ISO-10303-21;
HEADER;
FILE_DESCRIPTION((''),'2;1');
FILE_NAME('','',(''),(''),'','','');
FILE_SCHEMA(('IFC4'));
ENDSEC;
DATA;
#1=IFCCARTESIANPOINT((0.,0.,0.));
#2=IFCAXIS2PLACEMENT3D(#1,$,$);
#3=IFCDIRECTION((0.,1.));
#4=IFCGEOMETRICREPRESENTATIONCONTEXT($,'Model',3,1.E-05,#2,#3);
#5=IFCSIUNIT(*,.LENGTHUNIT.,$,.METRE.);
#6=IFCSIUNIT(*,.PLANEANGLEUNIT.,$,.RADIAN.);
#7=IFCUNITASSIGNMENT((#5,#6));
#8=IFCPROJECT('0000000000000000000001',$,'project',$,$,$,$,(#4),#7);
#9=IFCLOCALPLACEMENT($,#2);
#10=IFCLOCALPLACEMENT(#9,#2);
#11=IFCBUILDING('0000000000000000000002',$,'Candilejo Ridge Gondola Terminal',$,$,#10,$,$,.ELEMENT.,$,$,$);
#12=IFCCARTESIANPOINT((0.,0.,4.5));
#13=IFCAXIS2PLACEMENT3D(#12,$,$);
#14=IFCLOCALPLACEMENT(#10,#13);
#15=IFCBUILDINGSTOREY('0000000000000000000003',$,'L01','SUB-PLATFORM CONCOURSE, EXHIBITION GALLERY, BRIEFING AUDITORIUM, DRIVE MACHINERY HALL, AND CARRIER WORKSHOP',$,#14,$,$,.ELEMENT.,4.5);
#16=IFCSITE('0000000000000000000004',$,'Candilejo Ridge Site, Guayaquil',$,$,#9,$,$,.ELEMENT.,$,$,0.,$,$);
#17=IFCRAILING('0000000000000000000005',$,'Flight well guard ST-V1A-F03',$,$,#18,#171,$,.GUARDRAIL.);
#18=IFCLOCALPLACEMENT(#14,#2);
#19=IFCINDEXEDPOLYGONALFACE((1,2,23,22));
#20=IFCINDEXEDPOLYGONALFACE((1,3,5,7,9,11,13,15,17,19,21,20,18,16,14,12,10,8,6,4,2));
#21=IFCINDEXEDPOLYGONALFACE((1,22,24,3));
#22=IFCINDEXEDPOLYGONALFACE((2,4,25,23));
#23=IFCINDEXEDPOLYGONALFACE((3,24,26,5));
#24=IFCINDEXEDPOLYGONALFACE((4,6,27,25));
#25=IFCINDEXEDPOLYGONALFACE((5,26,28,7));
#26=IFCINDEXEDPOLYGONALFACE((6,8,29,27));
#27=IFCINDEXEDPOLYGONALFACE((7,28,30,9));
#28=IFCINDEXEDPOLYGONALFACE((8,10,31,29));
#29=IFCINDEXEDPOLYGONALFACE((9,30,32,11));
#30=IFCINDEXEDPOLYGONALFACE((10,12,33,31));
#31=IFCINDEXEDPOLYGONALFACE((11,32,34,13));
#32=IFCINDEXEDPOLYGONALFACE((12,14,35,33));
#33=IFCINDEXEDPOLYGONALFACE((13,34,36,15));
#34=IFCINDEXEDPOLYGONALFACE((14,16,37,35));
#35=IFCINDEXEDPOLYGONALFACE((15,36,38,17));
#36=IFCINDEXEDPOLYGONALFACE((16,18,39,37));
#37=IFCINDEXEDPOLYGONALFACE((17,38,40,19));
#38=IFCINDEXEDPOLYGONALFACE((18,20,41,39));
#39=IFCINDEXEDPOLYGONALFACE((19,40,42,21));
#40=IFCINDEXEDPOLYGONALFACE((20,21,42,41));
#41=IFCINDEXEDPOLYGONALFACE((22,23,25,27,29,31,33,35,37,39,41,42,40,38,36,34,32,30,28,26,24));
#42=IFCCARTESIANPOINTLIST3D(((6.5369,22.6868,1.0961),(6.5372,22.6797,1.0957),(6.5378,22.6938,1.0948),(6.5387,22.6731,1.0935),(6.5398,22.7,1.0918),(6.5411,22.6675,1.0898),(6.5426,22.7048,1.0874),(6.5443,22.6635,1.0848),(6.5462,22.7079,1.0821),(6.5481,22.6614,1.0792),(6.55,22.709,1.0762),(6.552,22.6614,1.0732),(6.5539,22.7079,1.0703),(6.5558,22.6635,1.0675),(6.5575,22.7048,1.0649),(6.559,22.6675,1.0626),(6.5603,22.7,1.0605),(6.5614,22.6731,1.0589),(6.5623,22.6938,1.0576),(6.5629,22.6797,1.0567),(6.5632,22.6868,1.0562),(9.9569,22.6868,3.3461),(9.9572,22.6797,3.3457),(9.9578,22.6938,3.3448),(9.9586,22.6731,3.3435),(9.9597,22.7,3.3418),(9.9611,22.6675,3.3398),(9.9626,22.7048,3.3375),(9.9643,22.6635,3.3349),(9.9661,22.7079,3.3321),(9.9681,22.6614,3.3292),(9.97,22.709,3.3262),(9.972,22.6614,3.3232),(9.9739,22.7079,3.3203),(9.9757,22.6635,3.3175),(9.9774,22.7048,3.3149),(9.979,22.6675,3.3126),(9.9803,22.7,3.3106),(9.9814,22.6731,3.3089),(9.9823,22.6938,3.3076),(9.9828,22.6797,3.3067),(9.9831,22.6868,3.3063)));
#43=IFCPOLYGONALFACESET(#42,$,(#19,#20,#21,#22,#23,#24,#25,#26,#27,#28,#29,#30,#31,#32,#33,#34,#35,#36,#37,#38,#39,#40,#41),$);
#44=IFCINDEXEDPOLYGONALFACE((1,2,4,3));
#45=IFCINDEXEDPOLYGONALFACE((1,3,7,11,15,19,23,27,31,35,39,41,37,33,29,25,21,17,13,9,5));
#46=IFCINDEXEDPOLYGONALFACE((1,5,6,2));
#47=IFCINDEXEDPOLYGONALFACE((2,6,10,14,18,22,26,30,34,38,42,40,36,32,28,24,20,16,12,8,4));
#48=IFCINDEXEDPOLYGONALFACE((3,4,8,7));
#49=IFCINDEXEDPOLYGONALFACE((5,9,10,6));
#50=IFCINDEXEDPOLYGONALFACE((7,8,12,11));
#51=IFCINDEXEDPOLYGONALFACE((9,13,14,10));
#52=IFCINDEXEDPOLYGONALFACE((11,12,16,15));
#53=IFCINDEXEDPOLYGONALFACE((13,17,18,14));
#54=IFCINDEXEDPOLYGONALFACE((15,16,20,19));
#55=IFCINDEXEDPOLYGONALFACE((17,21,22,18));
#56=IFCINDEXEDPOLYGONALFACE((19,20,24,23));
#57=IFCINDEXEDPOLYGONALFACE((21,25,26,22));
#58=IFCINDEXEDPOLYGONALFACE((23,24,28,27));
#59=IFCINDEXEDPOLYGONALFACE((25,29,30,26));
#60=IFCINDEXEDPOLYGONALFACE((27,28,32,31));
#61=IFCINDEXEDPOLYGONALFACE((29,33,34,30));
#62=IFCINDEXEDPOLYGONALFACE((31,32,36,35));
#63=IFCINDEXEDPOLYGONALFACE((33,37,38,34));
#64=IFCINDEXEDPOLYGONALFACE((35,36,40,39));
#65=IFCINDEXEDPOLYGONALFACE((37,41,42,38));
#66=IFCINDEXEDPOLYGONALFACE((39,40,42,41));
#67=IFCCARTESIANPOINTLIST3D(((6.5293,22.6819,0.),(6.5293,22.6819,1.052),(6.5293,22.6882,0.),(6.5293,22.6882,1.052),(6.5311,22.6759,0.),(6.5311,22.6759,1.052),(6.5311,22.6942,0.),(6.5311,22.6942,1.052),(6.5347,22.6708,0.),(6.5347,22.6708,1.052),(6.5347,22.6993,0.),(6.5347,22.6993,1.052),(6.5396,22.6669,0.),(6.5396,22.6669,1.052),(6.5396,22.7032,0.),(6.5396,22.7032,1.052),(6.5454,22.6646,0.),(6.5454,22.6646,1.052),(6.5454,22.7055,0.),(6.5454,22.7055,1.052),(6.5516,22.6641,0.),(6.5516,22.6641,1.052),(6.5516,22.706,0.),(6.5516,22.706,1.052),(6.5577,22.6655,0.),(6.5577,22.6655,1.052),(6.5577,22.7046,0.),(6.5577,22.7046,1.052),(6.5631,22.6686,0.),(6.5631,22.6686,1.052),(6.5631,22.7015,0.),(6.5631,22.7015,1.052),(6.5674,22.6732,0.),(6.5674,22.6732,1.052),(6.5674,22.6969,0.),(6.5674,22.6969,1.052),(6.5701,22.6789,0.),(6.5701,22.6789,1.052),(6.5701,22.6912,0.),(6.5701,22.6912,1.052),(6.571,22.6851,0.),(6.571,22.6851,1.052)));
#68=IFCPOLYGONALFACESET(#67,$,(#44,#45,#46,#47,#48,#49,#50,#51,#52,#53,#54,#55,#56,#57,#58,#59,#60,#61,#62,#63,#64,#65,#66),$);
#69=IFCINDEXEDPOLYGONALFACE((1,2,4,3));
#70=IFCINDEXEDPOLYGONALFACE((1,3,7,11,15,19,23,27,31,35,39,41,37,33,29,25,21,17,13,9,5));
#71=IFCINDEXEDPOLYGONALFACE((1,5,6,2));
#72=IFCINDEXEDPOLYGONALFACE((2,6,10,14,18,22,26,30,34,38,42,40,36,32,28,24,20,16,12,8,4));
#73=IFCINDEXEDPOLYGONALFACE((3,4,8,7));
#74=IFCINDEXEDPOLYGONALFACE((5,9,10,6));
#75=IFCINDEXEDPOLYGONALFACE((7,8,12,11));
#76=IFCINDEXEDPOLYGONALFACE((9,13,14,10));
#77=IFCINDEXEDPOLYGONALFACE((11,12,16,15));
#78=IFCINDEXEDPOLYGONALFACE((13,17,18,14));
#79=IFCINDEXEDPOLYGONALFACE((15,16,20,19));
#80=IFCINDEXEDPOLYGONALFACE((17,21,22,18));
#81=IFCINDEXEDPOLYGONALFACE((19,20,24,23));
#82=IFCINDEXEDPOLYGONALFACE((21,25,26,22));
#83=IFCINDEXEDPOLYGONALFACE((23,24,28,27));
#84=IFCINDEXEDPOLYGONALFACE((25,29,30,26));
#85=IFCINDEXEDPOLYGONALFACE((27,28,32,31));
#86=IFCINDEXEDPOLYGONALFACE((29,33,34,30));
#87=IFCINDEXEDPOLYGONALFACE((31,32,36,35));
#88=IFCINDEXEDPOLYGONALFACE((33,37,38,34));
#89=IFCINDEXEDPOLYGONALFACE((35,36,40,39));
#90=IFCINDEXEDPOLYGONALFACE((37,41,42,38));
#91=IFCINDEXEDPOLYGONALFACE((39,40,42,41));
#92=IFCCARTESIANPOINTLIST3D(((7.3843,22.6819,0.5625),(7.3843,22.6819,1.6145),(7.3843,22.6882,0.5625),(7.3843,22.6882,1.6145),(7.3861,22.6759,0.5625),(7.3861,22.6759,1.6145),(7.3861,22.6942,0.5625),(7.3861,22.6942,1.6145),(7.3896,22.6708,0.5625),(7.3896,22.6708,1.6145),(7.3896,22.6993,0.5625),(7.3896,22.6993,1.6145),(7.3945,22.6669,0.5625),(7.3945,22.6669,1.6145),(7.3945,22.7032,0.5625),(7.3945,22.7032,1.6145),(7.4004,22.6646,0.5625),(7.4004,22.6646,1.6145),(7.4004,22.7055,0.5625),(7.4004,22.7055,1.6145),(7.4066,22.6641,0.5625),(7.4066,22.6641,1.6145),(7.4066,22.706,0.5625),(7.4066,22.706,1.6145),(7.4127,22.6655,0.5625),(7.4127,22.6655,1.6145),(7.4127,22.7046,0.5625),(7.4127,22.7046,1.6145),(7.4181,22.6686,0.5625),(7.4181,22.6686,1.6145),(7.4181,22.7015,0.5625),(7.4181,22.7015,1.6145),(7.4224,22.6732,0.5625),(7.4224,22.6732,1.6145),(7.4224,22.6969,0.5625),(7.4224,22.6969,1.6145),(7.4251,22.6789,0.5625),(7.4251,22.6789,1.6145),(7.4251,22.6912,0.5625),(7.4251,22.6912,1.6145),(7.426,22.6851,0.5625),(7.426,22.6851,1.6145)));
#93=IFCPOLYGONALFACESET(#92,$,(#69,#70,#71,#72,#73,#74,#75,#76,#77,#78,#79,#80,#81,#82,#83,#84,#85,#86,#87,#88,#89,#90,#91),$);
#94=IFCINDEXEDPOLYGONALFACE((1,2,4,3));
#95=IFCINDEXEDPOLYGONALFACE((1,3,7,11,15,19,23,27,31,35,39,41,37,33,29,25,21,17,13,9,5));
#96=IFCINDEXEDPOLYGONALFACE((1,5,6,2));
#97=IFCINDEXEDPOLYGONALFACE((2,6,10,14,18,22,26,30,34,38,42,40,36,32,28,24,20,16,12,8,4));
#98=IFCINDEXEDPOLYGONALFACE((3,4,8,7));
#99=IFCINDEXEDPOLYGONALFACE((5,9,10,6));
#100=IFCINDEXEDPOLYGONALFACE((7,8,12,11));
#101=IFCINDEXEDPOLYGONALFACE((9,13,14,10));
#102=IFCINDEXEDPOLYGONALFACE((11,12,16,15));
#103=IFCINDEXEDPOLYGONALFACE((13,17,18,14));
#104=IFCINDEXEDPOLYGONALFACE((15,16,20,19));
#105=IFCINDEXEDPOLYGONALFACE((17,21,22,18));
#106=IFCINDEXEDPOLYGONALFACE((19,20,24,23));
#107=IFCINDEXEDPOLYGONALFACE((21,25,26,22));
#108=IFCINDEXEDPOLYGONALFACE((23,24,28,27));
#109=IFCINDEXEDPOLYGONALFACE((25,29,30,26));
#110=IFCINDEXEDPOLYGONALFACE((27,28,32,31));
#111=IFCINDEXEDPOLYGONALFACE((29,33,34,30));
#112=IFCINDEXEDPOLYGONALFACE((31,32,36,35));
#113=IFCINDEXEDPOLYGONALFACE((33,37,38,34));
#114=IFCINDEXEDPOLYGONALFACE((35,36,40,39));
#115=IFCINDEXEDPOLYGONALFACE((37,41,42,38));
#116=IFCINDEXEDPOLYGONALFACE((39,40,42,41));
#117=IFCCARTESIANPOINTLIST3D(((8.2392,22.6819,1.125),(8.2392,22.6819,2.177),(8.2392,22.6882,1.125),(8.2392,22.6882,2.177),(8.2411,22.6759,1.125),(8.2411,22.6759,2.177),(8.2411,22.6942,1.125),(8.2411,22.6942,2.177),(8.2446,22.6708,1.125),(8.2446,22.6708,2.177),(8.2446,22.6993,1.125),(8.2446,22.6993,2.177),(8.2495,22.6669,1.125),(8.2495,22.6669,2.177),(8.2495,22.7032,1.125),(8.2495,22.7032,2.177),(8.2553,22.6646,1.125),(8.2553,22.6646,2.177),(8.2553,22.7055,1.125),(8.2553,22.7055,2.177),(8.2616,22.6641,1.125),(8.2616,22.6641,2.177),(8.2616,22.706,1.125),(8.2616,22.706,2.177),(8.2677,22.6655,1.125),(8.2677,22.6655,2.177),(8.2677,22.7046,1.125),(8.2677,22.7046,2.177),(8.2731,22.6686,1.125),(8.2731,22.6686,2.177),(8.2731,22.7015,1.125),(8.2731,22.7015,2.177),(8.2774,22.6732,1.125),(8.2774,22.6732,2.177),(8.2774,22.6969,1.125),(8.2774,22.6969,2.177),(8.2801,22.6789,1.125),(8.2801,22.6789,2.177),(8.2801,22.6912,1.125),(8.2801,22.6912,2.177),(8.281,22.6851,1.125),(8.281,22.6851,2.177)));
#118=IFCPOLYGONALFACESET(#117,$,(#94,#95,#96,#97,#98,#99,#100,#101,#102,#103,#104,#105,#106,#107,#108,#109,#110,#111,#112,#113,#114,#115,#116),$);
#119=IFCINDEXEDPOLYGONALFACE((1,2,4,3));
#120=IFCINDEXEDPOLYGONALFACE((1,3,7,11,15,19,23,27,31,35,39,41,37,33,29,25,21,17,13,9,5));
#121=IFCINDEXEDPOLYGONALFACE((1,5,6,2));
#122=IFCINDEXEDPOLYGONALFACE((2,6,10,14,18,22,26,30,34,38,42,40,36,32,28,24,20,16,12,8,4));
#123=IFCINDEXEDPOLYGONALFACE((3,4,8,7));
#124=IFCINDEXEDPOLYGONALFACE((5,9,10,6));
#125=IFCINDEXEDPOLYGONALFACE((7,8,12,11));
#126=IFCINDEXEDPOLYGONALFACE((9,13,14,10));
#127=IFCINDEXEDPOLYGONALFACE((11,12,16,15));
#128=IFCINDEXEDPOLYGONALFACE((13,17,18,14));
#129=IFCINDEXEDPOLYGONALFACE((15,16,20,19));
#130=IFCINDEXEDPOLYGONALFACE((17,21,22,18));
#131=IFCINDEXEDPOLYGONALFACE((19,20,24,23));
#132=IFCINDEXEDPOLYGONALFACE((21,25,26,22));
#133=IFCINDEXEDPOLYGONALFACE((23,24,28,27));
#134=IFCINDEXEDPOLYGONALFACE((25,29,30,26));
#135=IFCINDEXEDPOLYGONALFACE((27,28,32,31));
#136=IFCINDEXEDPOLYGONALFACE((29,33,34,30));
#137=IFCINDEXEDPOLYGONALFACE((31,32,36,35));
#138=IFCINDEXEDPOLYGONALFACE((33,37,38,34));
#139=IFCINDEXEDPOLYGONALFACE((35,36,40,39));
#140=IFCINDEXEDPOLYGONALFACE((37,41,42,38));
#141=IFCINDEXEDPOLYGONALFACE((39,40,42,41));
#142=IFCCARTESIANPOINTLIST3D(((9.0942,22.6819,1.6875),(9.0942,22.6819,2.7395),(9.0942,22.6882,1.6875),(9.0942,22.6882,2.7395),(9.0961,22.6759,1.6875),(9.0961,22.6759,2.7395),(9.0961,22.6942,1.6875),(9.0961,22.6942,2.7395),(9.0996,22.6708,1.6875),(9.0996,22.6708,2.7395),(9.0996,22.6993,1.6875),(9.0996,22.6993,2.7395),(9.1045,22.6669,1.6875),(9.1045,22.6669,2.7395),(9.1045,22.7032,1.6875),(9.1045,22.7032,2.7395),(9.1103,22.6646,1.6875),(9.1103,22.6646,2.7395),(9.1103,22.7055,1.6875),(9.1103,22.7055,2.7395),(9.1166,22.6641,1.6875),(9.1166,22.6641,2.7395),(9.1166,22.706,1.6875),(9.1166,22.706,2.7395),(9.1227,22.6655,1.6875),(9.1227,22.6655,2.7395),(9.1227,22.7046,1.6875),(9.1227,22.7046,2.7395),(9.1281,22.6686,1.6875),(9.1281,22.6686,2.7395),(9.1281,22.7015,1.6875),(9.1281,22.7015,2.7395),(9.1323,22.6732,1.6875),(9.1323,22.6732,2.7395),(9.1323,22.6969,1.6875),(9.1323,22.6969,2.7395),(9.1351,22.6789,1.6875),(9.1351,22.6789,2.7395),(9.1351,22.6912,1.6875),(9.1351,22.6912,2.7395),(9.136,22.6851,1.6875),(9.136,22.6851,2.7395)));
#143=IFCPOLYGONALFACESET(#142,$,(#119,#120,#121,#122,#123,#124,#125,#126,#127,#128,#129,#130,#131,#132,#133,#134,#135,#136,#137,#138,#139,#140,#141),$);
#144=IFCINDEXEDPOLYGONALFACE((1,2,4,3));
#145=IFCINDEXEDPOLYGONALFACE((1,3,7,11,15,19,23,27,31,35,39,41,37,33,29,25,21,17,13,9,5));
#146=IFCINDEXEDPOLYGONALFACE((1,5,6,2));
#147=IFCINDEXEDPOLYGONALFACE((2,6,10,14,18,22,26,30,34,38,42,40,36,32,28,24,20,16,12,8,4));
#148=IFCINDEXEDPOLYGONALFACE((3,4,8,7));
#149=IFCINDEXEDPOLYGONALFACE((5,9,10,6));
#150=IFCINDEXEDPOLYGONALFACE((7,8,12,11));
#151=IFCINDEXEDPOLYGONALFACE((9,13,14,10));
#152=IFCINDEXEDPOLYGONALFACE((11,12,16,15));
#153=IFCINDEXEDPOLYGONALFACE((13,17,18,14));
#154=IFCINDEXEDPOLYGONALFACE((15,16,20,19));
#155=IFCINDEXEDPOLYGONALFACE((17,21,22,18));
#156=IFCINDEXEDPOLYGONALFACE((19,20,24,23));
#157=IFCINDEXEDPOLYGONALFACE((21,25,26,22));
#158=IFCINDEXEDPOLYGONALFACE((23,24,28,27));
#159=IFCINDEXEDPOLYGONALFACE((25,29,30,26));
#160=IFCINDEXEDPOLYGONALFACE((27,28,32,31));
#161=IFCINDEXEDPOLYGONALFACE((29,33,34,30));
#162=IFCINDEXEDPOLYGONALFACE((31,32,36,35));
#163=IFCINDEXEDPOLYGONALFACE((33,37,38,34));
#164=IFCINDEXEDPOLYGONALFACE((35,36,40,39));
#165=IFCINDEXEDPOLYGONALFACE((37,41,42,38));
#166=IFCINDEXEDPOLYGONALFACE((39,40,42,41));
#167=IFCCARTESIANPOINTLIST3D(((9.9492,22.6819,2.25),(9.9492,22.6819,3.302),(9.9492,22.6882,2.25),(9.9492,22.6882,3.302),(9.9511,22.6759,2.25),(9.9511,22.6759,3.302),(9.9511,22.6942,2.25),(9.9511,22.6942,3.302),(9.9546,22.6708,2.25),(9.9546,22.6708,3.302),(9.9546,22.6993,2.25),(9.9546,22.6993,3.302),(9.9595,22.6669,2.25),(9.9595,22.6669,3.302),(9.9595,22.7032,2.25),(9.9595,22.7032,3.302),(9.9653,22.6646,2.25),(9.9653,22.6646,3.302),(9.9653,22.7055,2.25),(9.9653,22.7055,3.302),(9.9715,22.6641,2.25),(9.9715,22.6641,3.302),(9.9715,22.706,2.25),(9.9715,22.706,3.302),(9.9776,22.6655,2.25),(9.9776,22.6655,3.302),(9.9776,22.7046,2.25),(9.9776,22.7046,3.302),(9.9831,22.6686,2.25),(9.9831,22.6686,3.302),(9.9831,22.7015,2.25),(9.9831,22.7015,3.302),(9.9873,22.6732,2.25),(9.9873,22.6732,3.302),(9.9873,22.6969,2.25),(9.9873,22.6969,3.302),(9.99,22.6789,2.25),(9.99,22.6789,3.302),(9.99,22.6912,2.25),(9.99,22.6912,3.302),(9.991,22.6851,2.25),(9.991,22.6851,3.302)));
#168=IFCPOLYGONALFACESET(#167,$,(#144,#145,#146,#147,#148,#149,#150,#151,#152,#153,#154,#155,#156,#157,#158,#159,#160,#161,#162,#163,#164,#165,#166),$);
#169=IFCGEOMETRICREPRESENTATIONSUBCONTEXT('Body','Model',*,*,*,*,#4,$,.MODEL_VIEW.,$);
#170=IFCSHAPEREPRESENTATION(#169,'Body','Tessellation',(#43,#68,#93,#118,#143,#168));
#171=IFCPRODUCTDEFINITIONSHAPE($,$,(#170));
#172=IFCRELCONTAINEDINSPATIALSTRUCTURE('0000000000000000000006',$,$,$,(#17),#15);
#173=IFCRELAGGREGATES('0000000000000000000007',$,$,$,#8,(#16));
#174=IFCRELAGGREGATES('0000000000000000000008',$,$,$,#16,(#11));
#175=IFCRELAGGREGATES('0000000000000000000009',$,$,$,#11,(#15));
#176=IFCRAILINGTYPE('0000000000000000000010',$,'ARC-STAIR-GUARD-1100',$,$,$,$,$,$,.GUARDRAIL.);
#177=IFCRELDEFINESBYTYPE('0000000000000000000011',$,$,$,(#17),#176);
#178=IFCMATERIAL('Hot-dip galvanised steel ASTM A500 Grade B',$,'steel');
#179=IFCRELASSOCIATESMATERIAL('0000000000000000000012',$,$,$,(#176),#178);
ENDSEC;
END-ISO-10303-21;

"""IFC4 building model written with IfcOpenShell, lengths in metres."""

from ifc_helpers import new_model, si_unit, direction, frame, origin, origin_2d, place, context, subcontext, project, spatial, circle, extrude, material, type_object, element, save


model = new_model("IFC4")

# Units and contexts
model_context = context("Model", 3, precision=1e-05, world=origin(), true_north=direction((0.0, 1.0)))
body_context = subcontext(model_context, "Body", "Model", "MODEL_VIEW")
ifc_project = project(units=[si_unit("LENGTHUNIT", "METRE"), si_unit("PLANEANGLEUNIT", "RADIAN")], contexts=[model_context])

# Site, building, storey
site_placement = place(None, origin())
site = spatial("IfcSite", under=ifc_project, at=site_placement, Name="Candilejo Ridge Site, Guayaquil", CompositionType="ELEMENT", RefElevation=0.0)
building_placement = place(site_placement, origin())
building = spatial("IfcBuilding", under=site, at=building_placement, Name="Candilejo Ridge Gondola Terminal", CompositionType="ELEMENT")
storey_placement = place(building_placement, frame((0.0, 0.0, 4.5)))
storey = spatial("IfcBuildingStorey", under=building, at=storey_placement, Name="L01", Description="SUB-PLATFORM CONCOURSE, EXHIBITION GALLERY, BRIEFING AUDITORIUM, DRIVE MACHINERY HALL, AND CARRIER WORKSHOP", CompositionType="ELEMENT", Elevation=4.5)

# Railing
ifc_material_1 = material(Name="Hot-dip galvanised steel ASTM A500 Grade B", Category="steel")
railing_type_1 = type_object("IfcRailingType", Name="ARC-STAIR-GUARD-1100", PredefinedType="GUARDRAIL", material=ifc_material_1)
railing_1_placement = place(storey_placement, frame((6.55, 22.6851, 0.0)))
element("IfcRailing", 1, at=railing_1_placement, inside=storey, type_object=railing_type_1, Name="Flight well guard ST-V1A-F03", PredefinedType="GUARDRAIL", context=body_context, shape_type="SweptSolid", body=[
    extrude(circle(Radius=0.0239, at=origin_2d()), frame((0.0, 0.0, 1.0762), z_axis=(0.835411, 0.0, 0.549625), x_axis=(0.0, 1.0, 0.0)), (0.0, 0.0, 1.0), 4.0938),
    extrude(circle(Radius=0.021, at=origin_2d()), origin(), (0.0, 0.0, 1.0), 1.052),
    extrude(circle(Radius=0.021, at=origin_2d()), frame((0.855, 0.0, 0.5625)), (0.0, 0.0, 1.0), 1.052),
    extrude(circle(Radius=0.021, at=origin_2d()), frame((1.71, 0.0, 1.125)), (0.0, 0.0, 1.0), 1.052),
    extrude(circle(Radius=0.021, at=origin_2d()), frame((2.5649, 0.0, 1.6875)), (0.0, 0.0, 1.0), 1.052),
    extrude(circle(Radius=0.021, at=origin_2d()), frame((3.4199, 0.0, 2.25)), (0.0, 0.0, 1.0), 1.052),
])

save(model, "model.ifc")
